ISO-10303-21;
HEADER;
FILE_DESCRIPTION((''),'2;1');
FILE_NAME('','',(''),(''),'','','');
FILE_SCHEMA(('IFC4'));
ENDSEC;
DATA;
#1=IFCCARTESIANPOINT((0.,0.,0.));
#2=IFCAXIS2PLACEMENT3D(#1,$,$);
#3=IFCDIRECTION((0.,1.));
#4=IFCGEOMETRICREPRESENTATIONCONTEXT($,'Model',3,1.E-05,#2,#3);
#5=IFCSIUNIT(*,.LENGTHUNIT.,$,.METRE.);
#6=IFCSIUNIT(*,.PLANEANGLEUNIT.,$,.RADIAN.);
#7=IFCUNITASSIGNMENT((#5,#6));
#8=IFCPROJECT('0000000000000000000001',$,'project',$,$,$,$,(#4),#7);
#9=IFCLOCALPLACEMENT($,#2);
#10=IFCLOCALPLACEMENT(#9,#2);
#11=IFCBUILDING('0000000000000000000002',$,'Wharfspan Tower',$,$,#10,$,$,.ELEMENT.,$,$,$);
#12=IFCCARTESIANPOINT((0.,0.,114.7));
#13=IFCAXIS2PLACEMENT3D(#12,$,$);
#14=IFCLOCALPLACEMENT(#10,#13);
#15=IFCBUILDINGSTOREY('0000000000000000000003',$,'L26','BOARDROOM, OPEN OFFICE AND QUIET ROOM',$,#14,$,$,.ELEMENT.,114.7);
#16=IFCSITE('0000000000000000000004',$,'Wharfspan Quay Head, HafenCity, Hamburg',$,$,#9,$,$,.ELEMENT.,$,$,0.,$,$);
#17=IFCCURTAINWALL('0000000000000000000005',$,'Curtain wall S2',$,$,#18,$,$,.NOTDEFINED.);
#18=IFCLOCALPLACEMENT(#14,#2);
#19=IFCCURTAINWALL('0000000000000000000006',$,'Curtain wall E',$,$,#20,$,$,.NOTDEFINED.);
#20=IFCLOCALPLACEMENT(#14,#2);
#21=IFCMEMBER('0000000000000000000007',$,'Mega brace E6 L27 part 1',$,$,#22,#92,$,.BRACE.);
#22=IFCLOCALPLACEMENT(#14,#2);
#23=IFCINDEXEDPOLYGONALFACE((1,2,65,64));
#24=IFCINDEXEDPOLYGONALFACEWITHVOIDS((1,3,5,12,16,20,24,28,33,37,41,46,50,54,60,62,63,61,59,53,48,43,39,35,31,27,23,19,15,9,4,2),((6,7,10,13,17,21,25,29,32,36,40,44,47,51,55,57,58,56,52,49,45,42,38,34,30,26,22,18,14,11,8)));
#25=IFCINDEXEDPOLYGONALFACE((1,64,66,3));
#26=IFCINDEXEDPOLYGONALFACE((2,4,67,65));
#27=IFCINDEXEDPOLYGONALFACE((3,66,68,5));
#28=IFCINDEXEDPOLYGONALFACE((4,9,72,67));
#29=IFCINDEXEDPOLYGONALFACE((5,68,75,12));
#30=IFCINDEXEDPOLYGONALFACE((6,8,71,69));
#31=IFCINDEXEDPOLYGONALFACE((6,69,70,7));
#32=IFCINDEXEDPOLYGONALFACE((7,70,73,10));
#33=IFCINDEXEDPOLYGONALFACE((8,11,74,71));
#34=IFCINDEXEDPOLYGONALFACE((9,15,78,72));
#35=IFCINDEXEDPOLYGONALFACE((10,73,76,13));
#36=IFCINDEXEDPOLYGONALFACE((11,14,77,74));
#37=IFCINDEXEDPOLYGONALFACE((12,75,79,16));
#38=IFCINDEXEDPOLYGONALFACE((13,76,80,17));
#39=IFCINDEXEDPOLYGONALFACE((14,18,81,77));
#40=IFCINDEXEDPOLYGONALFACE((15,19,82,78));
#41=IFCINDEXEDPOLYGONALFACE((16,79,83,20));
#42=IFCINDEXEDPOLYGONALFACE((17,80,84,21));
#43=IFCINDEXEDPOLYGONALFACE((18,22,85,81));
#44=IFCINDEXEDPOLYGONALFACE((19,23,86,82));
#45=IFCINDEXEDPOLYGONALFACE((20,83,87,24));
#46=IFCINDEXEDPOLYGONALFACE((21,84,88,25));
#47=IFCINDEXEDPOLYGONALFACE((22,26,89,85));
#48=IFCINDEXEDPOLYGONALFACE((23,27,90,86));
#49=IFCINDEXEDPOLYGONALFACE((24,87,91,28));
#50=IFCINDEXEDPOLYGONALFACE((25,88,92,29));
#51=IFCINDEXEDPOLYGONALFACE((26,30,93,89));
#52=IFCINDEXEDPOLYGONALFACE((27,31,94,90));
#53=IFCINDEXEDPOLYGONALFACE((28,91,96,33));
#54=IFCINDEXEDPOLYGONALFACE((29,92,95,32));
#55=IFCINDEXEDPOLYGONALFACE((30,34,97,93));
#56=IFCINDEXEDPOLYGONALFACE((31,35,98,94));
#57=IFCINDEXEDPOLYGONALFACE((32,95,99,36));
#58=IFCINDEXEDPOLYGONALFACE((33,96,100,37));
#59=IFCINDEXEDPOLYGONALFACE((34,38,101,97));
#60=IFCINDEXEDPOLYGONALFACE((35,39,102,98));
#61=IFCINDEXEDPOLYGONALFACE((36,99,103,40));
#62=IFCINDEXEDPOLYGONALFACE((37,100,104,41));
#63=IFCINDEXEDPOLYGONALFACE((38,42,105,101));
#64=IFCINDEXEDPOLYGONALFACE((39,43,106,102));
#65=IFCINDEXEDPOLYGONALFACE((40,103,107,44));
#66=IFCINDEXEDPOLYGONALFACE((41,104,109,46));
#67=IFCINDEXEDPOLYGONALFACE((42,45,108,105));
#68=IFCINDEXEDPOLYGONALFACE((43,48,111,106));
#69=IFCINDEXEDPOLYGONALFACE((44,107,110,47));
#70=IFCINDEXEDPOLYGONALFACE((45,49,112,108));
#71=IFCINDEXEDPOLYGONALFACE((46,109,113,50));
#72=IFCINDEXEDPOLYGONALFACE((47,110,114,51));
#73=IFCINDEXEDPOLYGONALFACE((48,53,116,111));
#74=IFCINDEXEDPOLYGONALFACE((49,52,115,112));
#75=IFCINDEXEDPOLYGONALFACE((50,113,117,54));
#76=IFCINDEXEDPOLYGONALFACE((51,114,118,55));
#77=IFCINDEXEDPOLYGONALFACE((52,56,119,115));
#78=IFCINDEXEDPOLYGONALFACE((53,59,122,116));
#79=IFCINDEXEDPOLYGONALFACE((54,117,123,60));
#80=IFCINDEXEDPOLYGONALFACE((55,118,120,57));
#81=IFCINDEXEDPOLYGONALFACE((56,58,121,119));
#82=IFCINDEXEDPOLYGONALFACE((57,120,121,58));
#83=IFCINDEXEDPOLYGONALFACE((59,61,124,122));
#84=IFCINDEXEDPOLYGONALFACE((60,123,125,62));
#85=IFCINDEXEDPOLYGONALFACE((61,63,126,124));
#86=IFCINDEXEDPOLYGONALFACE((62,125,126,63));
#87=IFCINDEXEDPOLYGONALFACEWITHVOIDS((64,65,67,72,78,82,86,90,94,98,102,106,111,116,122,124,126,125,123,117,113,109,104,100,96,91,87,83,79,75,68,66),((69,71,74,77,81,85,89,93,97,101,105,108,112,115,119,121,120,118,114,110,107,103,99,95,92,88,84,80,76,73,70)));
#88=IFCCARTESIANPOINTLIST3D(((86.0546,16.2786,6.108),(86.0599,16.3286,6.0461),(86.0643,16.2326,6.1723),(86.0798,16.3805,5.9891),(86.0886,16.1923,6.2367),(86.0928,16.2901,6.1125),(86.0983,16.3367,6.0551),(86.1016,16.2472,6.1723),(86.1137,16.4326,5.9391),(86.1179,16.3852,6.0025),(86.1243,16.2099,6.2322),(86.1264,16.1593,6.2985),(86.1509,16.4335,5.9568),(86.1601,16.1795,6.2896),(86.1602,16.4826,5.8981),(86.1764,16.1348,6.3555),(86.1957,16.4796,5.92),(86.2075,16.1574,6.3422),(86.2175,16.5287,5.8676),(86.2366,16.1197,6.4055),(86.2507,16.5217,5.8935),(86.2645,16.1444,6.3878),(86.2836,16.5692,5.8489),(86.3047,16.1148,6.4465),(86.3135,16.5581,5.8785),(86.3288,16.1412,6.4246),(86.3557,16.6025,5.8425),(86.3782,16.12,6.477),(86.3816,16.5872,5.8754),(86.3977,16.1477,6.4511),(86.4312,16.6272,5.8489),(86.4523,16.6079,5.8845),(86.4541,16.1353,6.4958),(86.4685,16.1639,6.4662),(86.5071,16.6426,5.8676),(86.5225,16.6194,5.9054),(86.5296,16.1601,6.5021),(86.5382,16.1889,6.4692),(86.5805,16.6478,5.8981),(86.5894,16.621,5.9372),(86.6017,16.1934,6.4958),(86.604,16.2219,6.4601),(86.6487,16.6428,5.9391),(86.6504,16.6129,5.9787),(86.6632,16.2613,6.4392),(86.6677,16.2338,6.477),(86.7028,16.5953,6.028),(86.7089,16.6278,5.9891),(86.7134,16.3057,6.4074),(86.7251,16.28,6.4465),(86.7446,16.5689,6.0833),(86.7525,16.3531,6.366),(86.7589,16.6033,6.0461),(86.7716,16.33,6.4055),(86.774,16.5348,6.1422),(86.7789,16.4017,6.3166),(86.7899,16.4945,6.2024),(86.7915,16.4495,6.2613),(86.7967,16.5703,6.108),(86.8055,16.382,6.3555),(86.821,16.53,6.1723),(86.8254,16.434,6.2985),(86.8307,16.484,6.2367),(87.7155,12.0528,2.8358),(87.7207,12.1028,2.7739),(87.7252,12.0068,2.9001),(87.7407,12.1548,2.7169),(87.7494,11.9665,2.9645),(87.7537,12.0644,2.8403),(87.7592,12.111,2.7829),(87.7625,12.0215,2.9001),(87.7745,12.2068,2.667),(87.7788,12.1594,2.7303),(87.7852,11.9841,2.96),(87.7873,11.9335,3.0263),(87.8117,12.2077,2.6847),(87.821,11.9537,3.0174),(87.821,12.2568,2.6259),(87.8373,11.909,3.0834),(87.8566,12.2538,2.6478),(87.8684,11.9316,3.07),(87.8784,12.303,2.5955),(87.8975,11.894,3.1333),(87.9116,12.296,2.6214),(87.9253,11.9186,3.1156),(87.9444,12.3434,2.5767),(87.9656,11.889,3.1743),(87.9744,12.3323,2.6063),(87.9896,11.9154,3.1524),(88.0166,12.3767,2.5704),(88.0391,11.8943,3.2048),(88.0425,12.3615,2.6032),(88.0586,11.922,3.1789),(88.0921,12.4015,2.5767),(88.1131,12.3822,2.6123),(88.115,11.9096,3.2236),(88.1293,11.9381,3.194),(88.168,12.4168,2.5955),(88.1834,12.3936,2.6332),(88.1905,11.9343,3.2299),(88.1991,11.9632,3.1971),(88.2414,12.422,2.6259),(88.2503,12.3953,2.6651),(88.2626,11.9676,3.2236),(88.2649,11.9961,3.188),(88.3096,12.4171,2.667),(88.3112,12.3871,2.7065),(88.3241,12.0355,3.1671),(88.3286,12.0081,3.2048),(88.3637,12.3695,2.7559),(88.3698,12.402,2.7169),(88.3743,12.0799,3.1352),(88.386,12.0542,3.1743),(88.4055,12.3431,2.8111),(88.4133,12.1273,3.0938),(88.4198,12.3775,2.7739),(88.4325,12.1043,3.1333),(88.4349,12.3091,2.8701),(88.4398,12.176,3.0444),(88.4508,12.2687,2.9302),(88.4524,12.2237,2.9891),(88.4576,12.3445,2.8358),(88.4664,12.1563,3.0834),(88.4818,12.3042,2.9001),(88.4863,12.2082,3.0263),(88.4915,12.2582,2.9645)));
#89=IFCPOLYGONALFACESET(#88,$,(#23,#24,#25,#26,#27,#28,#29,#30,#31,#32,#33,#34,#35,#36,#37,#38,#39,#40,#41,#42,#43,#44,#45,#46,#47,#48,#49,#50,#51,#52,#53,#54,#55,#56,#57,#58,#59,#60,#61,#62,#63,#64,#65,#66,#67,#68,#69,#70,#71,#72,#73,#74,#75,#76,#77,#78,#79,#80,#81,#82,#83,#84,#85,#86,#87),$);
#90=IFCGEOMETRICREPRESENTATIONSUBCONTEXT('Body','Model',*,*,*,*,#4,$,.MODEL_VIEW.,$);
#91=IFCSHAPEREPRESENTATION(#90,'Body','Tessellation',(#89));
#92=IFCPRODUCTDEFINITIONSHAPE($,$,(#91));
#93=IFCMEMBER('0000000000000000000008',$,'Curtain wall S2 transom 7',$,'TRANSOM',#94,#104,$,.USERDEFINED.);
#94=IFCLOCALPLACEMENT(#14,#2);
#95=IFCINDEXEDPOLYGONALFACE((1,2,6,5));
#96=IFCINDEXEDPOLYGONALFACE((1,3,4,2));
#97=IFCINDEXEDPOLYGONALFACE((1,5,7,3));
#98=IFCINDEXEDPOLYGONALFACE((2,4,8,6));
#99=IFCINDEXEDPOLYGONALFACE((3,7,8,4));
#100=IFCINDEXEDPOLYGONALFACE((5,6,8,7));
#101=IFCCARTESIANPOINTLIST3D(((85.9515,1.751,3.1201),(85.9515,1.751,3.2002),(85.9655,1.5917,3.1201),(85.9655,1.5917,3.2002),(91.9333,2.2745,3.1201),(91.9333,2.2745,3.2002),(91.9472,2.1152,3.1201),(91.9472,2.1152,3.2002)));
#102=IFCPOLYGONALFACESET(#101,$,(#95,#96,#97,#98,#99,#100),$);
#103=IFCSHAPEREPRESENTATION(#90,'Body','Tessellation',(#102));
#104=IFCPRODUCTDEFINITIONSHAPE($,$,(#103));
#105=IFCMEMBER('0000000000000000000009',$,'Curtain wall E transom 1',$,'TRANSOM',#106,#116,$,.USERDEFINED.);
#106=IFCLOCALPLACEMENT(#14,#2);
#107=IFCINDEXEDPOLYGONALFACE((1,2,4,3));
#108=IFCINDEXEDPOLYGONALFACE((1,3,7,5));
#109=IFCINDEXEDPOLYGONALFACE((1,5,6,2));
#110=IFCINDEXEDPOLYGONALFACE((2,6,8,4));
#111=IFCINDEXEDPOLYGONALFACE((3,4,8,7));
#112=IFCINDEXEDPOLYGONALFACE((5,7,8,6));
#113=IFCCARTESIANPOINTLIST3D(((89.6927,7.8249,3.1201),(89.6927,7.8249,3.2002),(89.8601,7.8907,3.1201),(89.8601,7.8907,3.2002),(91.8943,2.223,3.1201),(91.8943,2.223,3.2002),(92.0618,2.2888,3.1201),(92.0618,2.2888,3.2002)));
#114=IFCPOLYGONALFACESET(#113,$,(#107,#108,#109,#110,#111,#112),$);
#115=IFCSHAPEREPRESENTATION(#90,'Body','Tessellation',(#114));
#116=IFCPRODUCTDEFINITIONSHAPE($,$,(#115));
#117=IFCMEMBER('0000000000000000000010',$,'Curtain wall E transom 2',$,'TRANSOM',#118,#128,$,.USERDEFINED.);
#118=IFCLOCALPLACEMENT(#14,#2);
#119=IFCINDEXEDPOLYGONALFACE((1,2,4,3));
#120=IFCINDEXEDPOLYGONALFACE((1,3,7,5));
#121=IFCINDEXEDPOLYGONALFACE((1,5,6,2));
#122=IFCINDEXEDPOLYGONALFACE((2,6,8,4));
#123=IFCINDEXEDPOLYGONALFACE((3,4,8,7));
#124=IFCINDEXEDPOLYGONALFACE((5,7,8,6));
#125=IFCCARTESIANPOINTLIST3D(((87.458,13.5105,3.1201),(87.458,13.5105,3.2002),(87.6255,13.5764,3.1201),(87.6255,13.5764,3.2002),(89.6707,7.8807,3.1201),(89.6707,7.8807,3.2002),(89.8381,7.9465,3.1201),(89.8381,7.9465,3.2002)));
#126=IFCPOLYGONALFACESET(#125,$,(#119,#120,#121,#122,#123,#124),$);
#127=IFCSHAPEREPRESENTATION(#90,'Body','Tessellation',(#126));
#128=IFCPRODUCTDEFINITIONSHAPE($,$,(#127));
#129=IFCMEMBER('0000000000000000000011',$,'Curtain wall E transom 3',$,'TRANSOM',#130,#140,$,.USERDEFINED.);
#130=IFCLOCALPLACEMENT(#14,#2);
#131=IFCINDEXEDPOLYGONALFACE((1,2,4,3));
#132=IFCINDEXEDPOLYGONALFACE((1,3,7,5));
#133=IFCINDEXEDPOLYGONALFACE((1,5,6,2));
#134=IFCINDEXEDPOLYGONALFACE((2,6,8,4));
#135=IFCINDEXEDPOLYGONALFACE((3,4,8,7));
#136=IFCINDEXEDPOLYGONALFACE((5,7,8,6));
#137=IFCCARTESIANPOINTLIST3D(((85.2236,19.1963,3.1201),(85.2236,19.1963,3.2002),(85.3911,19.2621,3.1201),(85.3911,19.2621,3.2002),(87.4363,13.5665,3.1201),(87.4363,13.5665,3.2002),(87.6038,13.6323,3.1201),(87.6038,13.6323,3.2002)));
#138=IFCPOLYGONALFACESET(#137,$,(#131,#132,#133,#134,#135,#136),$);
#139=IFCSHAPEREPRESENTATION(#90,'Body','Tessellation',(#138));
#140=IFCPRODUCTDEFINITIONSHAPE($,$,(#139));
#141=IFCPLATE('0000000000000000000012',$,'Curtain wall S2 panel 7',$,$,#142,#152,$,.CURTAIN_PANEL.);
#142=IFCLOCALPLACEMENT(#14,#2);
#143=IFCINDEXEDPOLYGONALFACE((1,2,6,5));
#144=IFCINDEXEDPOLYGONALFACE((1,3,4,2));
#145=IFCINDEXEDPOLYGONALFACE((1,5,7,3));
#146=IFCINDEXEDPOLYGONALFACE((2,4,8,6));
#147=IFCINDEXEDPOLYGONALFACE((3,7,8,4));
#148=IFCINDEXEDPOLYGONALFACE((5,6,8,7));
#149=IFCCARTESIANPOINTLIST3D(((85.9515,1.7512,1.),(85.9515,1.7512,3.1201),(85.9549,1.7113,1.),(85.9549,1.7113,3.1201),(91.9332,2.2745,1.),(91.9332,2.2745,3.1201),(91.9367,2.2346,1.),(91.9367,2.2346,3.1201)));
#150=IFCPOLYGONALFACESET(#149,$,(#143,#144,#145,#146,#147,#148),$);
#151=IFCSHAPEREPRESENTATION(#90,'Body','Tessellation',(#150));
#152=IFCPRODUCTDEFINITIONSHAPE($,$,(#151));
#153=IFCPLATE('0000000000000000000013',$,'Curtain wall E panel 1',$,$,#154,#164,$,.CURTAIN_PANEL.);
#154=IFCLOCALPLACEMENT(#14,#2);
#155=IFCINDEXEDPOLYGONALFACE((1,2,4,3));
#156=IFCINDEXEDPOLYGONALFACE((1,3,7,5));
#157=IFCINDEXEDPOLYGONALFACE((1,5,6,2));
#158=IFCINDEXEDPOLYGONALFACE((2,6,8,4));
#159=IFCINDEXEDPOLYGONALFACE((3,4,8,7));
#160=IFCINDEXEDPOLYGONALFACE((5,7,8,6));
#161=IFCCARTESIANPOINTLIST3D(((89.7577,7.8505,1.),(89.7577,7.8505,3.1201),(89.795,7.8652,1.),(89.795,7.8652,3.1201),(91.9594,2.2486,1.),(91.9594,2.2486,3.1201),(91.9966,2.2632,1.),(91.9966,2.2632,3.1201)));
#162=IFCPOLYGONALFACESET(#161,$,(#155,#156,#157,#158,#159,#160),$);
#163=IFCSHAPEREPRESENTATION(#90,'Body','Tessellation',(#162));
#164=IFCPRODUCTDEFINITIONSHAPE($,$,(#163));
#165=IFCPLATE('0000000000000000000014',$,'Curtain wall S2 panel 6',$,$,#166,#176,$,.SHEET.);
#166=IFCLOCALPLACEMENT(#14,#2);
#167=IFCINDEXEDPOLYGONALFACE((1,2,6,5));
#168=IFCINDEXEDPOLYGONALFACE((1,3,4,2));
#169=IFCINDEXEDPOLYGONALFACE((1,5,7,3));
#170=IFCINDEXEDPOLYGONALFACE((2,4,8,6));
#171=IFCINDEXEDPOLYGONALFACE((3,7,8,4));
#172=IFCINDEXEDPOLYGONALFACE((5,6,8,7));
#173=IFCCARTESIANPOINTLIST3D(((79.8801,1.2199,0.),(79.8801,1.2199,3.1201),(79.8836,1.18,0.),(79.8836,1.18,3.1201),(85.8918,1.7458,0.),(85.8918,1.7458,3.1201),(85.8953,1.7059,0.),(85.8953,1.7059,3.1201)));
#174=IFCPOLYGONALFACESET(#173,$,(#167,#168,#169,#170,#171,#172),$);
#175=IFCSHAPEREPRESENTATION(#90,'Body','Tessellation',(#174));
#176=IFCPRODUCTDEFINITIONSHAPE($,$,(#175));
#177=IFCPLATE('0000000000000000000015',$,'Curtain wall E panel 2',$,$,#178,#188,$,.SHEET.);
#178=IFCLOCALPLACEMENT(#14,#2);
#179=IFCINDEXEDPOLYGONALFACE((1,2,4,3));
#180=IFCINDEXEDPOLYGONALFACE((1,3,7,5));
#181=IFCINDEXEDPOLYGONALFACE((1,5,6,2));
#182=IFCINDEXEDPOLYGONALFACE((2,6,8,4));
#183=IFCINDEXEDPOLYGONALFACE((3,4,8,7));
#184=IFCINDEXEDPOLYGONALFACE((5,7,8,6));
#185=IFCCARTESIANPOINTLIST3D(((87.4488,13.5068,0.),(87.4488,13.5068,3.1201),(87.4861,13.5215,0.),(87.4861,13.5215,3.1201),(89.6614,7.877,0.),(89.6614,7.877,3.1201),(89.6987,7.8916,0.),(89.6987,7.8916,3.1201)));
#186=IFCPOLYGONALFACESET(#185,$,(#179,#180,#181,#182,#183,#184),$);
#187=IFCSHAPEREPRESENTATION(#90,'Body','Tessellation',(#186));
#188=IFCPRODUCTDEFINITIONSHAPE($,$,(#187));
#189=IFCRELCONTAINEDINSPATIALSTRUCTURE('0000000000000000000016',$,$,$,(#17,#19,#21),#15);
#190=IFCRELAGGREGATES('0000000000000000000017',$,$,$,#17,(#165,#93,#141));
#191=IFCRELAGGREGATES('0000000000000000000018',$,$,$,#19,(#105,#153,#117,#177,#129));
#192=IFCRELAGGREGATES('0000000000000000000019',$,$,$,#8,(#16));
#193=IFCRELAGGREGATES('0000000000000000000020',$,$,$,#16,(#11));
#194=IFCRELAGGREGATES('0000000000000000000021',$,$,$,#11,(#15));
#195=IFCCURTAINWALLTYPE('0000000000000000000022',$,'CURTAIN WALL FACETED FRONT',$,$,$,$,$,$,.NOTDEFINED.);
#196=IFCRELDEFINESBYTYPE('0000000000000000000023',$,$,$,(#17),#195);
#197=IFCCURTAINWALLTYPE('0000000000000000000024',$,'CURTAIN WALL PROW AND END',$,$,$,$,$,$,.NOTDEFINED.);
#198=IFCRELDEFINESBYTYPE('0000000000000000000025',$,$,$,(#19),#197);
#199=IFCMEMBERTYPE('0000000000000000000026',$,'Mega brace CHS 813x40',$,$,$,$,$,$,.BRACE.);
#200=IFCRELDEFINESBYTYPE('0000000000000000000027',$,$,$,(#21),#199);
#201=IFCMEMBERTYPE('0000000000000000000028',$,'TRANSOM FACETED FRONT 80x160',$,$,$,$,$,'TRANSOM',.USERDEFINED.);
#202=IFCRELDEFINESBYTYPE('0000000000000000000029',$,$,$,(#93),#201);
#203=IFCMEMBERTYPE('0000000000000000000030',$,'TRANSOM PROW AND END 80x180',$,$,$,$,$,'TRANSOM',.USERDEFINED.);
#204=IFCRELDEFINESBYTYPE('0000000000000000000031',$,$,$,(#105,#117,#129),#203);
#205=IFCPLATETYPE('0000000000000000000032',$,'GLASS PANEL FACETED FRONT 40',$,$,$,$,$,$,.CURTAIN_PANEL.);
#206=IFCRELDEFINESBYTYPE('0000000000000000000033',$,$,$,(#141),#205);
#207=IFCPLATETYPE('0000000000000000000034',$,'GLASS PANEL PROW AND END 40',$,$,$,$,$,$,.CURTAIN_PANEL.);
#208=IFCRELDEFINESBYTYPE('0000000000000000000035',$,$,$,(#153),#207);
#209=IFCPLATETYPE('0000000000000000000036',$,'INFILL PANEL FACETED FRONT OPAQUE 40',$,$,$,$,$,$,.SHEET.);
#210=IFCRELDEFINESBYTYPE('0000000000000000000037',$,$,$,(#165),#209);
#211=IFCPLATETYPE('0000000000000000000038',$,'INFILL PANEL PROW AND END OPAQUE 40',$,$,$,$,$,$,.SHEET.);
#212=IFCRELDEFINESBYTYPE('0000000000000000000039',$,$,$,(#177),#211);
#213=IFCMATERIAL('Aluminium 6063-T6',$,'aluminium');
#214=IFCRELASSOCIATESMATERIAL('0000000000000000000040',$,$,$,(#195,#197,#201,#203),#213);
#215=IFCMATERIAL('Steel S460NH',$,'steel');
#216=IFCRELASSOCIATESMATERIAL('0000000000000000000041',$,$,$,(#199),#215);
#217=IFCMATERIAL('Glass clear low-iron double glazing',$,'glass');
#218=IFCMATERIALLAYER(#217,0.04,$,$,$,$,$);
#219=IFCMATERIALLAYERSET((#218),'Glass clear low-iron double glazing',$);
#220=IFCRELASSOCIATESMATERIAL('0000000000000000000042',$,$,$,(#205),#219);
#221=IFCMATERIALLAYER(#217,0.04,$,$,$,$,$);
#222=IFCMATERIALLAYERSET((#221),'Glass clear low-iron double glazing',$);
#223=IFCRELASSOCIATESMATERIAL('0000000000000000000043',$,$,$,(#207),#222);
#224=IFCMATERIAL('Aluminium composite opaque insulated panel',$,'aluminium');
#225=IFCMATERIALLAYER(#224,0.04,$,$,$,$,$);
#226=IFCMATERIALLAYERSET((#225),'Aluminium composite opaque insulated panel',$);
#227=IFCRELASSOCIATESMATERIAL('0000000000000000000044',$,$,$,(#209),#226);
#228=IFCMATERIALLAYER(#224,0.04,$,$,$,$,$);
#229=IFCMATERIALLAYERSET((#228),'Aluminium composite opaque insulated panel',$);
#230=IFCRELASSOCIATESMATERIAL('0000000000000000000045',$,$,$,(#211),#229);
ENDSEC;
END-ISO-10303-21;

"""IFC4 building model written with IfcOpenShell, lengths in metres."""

from ifc_helpers import new_model, si_unit, direction, frame, origin, origin_2d, place, context, subcontext, project, spatial, rectangle, hollow_circle, extrude, material, layer, layer_set, material_profile, profile_set, type_object, element, aggregate, save


model = new_model("IFC4")

# Units and contexts
model_context = context("Model", 3, precision=1e-05, world=origin(), true_north=direction((0.0, 1.0)))
body_context = subcontext(model_context, "Body", "Model", "MODEL_VIEW")
ifc_project = project(units=[si_unit("LENGTHUNIT", "METRE"), si_unit("PLANEANGLEUNIT", "RADIAN")], contexts=[model_context])

# Site, building, storey
site_placement = place(None, origin())
site = spatial("IfcSite", under=ifc_project, at=site_placement, Name="Wharfspan Quay Head, HafenCity, Hamburg", CompositionType="ELEMENT", RefElevation=0.0)
building_placement = place(site_placement, origin())
building = spatial("IfcBuilding", under=site, at=building_placement, Name="Wharfspan Tower", CompositionType="ELEMENT")
storey_placement = place(building_placement, frame((0.0, 0.0, 114.7)))
storey = spatial("IfcBuildingStorey", under=building, at=storey_placement, Name="L26", Description="BOARDROOM, OPEN OFFICE AND QUIET ROOM", CompositionType="ELEMENT", Elevation=114.7)

# Curtain walls
ifc_material_1 = material(Name="Aluminium 6063-T6", Category="aluminium")
curtain_wall_type_1 = type_object("IfcCurtainWallType", Name="CURTAIN WALL FACETED FRONT", PredefinedType="NOTDEFINED", material=ifc_material_1)
curtain_wall_1_placement = place(storey_placement, origin())
curtain_wall_1 = element("IfcCurtainWall", 1, at=curtain_wall_1_placement, inside=storey, type_object=curtain_wall_type_1, Name="Curtain wall S2", PredefinedType="NOTDEFINED")
curtain_wall_type_2 = type_object("IfcCurtainWallType", Name="CURTAIN WALL PROW AND END", PredefinedType="NOTDEFINED", material=ifc_material_1)
curtain_wall_2_placement = place(storey_placement, origin())
curtain_wall_2 = element("IfcCurtainWall", 2, at=curtain_wall_2_placement, inside=storey, type_object=curtain_wall_type_2, Name="Curtain wall E", PredefinedType="NOTDEFINED")

# Members
ifc_material_2 = material(Name="Steel S460NH", Category="steel")
ifc_material_profile_1 = material_profile(ifc_material_2, hollow_circle(Radius=0.4065, WallThickness=0.04, at=origin_2d()))
ifc_profile_set_1 = profile_set([ifc_material_profile_1], Name="Steel S460NH")
member_type_1 = type_object("IfcMemberType", Name="Mega brace CHS 813x40", PredefinedType="BRACE", material=ifc_profile_set_1)
member_1_placement = place(storey_placement, frame((88.1035, 12.1555, 2.9001), z_axis=(-0.29676, 0.755051, 0.584664), x_axis=(-0.930695, -0.365797, 0.000004)))
element("IfcMember", 3, at=member_1_placement, inside=storey, type_object=member_type_1, Name="Mega brace E6 L27 part 1", PredefinedType="BRACE", context=body_context, shape_type="SweptSolid", body=[
    extrude(hollow_circle(Radius=0.4065, WallThickness=0.04, at=origin_2d()), origin(), (0.0, 0.0, 1.0), 5.5967),
])
ifc_material_profile_2 = material_profile(ifc_material_1, rectangle(XDim=0.1599, YDim=0.0801, at=origin_2d()))
ifc_profile_set_2 = profile_set([ifc_material_profile_2], Name="Aluminium 6063-T6")
member_type_2 = type_object("IfcMemberType", Name="TRANSOM FACETED FRONT 80x160", ElementType="TRANSOM", PredefinedType="USERDEFINED", material=ifc_profile_set_2)
member_2_placement = place(storey_placement, frame((85.9585, 1.6714, 3.1602), z_axis=(0.996193, 0.087174, 0.0), x_axis=(-0.087174, 0.996193, 0.0)))
member_2 = element("IfcMember", 4, at=member_2_placement, type_object=member_type_2, Name="Curtain wall S2 transom 7", ObjectType="TRANSOM", PredefinedType="USERDEFINED", context=body_context, shape_type="SweptSolid", body=[
    extrude(rectangle(XDim=0.1599, YDim=0.0801, at=origin_2d()), origin(), (0.0, 0.0, 1.0), 6.0046),
])
ifc_material_profile_3 = material_profile(ifc_material_1, rectangle(XDim=0.1799, YDim=0.0801, at=origin_2d()))
ifc_profile_set_3 = profile_set([ifc_material_profile_3], Name="Aluminium 6063-T6")
member_type_3 = type_object("IfcMemberType", Name="TRANSOM PROW AND END 80x180", ElementType="TRANSOM", PredefinedType="USERDEFINED", material=ifc_profile_set_3)
member_3_placement = place(storey_placement, frame((91.978, 2.2559, 3.1602), z_axis=(-0.365775, 0.930703, 0.0), x_axis=(-0.930703, -0.365775, 0.0)))
member_3 = element("IfcMember", 5, at=member_3_placement, type_object=member_type_3, Name="Curtain wall E transom 1", ObjectType="TRANSOM", PredefinedType="USERDEFINED", context=body_context, shape_type="SweptSolid", body=[
    extrude(rectangle(XDim=0.1799, YDim=0.0801, at=origin_2d()), origin(), (0.0, 0.0, 1.0), 6.019),
])
member_4_placement = place(storey_placement, frame((89.7544, 7.9136, 3.1602), z_axis=(-0.365782, 0.9307, 0.0), x_axis=(-0.9307, -0.365782, 0.0)))
member_4 = element("IfcMember", 6, at=member_4_placement, type_object=member_type_3, Name="Curtain wall E transom 2", ObjectType="TRANSOM", PredefinedType="USERDEFINED", context=body_context, shape_type="SweptSolid", body=[
    extrude(rectangle(XDim=0.1799, YDim=0.0801, at=origin_2d()), origin(), (0.0, 0.0, 1.0), 6.0491),
])
member_5_placement = place(storey_placement, frame((87.52, 13.5994, 3.1602), z_axis=(-0.365782, 0.9307, 0.0), x_axis=(-0.9307, -0.365782, 0.0)))
member_5 = element("IfcMember", 7, at=member_5_placement, type_object=member_type_3, Name="Curtain wall E transom 3", ObjectType="TRANSOM", PredefinedType="USERDEFINED", context=body_context, shape_type="SweptSolid", body=[
    extrude(rectangle(XDim=0.1799, YDim=0.0801, at=origin_2d()), origin(), (0.0, 0.0, 1.0), 6.0491),
])

# Plates
ifc_material_3 = material(Name="Glass clear low-iron double glazing", Category="glass")
ifc_layer_1 = layer(ifc_material_3, 0.04)
ifc_layer_set_1 = layer_set([ifc_layer_1], Name="Glass clear low-iron double glazing")
plate_type_1 = type_object("IfcPlateType", Name="GLASS PANEL FACETED FRONT 40", PredefinedType="CURTAIN_PANEL", material=ifc_layer_set_1)
plate_1_placement = place(storey_placement, frame((88.9441, 1.9929, 1.0), z_axis=(0.0, 0.0, 1.0), x_axis=(0.996198, 0.087156, 0.0)))
plate_1 = element("IfcPlate", 8, at=plate_1_placement, type_object=plate_type_1, Name="Curtain wall S2 panel 7", PredefinedType="CURTAIN_PANEL", context=body_context, shape_type="SweptSolid", body=[
    extrude(rectangle(XDim=6.0046, YDim=0.04, at=origin_2d()), origin(), (0.0, 0.0, 1.0), 2.1201),
])
ifc_layer_2 = layer(ifc_material_3, 0.04)
ifc_layer_set_2 = layer_set([ifc_layer_2], Name="Glass clear low-iron double glazing")
plate_type_2 = type_object("IfcPlateType", Name="GLASS PANEL PROW AND END 40", PredefinedType="CURTAIN_PANEL", material=ifc_layer_set_2)
plate_2_placement = place(storey_placement, frame((90.8772, 5.0569, 1.0), z_axis=(0.0, 0.0, 1.0), x_axis=(-0.365778, 0.930702, 0.0)))
plate_2 = element("IfcPlate", 9, at=plate_2_placement, type_object=plate_type_2, Name="Curtain wall E panel 1", PredefinedType="CURTAIN_PANEL", context=body_context, shape_type="SweptSolid", body=[
    extrude(rectangle(XDim=6.019, YDim=0.04, at=origin_2d()), origin(), (0.0, 0.0, 1.0), 2.1201),
])
ifc_material_4 = material(Name="Aluminium composite opaque insulated panel", Category="aluminium")
ifc_layer_3 = layer(ifc_material_4, 0.04)
ifc_layer_set_3 = layer_set([ifc_layer_3], Name="Aluminium composite opaque insulated panel")
plate_type_3 = type_object("IfcPlateType", Name="INFILL PANEL FACETED FRONT OPAQUE 40", PredefinedType="SHEET", material=ifc_layer_set_3)
plate_3_placement = place(storey_placement, frame((82.8877, 1.4629, 0.0), z_axis=(0.0, 0.0, 1.0), x_axis=(0.996198, 0.087156, 0.0)))
plate_3 = element("IfcPlate", 10, at=plate_3_placement, type_object=plate_type_3, Name="Curtain wall S2 panel 6", PredefinedType="SHEET", context=body_context, shape_type="SweptSolid", body=[
    extrude(rectangle(XDim=6.0347, YDim=0.04, at=origin_2d()), origin(), (0.0, 0.0, 1.0), 3.1201),
])
aggregate(curtain_wall_1, [plate_3, member_2, plate_1])
ifc_layer_4 = layer(ifc_material_4, 0.04)
ifc_layer_set_4 = layer_set([ifc_layer_4], Name="Aluminium composite opaque insulated panel")
plate_type_4 = type_object("IfcPlateType", Name="INFILL PANEL PROW AND END OPAQUE 40", PredefinedType="SHEET", material=ifc_layer_set_4)
plate_4_placement = place(storey_placement, frame((88.5737, 10.6992, 0.0), z_axis=(0.0, 0.0, 1.0), x_axis=(-0.365778, 0.930702, 0.0)))
plate_4 = element("IfcPlate", 11, at=plate_4_placement, type_object=plate_type_4, Name="Curtain wall E panel 2", PredefinedType="SHEET", context=body_context, shape_type="SweptSolid", body=[
    extrude(rectangle(XDim=6.0491, YDim=0.04, at=origin_2d()), origin(), (0.0, 0.0, 1.0), 3.1201),
])
aggregate(curtain_wall_2, [member_3, plate_2, member_4, plate_4, member_5])

save(model, "model.ifc")
